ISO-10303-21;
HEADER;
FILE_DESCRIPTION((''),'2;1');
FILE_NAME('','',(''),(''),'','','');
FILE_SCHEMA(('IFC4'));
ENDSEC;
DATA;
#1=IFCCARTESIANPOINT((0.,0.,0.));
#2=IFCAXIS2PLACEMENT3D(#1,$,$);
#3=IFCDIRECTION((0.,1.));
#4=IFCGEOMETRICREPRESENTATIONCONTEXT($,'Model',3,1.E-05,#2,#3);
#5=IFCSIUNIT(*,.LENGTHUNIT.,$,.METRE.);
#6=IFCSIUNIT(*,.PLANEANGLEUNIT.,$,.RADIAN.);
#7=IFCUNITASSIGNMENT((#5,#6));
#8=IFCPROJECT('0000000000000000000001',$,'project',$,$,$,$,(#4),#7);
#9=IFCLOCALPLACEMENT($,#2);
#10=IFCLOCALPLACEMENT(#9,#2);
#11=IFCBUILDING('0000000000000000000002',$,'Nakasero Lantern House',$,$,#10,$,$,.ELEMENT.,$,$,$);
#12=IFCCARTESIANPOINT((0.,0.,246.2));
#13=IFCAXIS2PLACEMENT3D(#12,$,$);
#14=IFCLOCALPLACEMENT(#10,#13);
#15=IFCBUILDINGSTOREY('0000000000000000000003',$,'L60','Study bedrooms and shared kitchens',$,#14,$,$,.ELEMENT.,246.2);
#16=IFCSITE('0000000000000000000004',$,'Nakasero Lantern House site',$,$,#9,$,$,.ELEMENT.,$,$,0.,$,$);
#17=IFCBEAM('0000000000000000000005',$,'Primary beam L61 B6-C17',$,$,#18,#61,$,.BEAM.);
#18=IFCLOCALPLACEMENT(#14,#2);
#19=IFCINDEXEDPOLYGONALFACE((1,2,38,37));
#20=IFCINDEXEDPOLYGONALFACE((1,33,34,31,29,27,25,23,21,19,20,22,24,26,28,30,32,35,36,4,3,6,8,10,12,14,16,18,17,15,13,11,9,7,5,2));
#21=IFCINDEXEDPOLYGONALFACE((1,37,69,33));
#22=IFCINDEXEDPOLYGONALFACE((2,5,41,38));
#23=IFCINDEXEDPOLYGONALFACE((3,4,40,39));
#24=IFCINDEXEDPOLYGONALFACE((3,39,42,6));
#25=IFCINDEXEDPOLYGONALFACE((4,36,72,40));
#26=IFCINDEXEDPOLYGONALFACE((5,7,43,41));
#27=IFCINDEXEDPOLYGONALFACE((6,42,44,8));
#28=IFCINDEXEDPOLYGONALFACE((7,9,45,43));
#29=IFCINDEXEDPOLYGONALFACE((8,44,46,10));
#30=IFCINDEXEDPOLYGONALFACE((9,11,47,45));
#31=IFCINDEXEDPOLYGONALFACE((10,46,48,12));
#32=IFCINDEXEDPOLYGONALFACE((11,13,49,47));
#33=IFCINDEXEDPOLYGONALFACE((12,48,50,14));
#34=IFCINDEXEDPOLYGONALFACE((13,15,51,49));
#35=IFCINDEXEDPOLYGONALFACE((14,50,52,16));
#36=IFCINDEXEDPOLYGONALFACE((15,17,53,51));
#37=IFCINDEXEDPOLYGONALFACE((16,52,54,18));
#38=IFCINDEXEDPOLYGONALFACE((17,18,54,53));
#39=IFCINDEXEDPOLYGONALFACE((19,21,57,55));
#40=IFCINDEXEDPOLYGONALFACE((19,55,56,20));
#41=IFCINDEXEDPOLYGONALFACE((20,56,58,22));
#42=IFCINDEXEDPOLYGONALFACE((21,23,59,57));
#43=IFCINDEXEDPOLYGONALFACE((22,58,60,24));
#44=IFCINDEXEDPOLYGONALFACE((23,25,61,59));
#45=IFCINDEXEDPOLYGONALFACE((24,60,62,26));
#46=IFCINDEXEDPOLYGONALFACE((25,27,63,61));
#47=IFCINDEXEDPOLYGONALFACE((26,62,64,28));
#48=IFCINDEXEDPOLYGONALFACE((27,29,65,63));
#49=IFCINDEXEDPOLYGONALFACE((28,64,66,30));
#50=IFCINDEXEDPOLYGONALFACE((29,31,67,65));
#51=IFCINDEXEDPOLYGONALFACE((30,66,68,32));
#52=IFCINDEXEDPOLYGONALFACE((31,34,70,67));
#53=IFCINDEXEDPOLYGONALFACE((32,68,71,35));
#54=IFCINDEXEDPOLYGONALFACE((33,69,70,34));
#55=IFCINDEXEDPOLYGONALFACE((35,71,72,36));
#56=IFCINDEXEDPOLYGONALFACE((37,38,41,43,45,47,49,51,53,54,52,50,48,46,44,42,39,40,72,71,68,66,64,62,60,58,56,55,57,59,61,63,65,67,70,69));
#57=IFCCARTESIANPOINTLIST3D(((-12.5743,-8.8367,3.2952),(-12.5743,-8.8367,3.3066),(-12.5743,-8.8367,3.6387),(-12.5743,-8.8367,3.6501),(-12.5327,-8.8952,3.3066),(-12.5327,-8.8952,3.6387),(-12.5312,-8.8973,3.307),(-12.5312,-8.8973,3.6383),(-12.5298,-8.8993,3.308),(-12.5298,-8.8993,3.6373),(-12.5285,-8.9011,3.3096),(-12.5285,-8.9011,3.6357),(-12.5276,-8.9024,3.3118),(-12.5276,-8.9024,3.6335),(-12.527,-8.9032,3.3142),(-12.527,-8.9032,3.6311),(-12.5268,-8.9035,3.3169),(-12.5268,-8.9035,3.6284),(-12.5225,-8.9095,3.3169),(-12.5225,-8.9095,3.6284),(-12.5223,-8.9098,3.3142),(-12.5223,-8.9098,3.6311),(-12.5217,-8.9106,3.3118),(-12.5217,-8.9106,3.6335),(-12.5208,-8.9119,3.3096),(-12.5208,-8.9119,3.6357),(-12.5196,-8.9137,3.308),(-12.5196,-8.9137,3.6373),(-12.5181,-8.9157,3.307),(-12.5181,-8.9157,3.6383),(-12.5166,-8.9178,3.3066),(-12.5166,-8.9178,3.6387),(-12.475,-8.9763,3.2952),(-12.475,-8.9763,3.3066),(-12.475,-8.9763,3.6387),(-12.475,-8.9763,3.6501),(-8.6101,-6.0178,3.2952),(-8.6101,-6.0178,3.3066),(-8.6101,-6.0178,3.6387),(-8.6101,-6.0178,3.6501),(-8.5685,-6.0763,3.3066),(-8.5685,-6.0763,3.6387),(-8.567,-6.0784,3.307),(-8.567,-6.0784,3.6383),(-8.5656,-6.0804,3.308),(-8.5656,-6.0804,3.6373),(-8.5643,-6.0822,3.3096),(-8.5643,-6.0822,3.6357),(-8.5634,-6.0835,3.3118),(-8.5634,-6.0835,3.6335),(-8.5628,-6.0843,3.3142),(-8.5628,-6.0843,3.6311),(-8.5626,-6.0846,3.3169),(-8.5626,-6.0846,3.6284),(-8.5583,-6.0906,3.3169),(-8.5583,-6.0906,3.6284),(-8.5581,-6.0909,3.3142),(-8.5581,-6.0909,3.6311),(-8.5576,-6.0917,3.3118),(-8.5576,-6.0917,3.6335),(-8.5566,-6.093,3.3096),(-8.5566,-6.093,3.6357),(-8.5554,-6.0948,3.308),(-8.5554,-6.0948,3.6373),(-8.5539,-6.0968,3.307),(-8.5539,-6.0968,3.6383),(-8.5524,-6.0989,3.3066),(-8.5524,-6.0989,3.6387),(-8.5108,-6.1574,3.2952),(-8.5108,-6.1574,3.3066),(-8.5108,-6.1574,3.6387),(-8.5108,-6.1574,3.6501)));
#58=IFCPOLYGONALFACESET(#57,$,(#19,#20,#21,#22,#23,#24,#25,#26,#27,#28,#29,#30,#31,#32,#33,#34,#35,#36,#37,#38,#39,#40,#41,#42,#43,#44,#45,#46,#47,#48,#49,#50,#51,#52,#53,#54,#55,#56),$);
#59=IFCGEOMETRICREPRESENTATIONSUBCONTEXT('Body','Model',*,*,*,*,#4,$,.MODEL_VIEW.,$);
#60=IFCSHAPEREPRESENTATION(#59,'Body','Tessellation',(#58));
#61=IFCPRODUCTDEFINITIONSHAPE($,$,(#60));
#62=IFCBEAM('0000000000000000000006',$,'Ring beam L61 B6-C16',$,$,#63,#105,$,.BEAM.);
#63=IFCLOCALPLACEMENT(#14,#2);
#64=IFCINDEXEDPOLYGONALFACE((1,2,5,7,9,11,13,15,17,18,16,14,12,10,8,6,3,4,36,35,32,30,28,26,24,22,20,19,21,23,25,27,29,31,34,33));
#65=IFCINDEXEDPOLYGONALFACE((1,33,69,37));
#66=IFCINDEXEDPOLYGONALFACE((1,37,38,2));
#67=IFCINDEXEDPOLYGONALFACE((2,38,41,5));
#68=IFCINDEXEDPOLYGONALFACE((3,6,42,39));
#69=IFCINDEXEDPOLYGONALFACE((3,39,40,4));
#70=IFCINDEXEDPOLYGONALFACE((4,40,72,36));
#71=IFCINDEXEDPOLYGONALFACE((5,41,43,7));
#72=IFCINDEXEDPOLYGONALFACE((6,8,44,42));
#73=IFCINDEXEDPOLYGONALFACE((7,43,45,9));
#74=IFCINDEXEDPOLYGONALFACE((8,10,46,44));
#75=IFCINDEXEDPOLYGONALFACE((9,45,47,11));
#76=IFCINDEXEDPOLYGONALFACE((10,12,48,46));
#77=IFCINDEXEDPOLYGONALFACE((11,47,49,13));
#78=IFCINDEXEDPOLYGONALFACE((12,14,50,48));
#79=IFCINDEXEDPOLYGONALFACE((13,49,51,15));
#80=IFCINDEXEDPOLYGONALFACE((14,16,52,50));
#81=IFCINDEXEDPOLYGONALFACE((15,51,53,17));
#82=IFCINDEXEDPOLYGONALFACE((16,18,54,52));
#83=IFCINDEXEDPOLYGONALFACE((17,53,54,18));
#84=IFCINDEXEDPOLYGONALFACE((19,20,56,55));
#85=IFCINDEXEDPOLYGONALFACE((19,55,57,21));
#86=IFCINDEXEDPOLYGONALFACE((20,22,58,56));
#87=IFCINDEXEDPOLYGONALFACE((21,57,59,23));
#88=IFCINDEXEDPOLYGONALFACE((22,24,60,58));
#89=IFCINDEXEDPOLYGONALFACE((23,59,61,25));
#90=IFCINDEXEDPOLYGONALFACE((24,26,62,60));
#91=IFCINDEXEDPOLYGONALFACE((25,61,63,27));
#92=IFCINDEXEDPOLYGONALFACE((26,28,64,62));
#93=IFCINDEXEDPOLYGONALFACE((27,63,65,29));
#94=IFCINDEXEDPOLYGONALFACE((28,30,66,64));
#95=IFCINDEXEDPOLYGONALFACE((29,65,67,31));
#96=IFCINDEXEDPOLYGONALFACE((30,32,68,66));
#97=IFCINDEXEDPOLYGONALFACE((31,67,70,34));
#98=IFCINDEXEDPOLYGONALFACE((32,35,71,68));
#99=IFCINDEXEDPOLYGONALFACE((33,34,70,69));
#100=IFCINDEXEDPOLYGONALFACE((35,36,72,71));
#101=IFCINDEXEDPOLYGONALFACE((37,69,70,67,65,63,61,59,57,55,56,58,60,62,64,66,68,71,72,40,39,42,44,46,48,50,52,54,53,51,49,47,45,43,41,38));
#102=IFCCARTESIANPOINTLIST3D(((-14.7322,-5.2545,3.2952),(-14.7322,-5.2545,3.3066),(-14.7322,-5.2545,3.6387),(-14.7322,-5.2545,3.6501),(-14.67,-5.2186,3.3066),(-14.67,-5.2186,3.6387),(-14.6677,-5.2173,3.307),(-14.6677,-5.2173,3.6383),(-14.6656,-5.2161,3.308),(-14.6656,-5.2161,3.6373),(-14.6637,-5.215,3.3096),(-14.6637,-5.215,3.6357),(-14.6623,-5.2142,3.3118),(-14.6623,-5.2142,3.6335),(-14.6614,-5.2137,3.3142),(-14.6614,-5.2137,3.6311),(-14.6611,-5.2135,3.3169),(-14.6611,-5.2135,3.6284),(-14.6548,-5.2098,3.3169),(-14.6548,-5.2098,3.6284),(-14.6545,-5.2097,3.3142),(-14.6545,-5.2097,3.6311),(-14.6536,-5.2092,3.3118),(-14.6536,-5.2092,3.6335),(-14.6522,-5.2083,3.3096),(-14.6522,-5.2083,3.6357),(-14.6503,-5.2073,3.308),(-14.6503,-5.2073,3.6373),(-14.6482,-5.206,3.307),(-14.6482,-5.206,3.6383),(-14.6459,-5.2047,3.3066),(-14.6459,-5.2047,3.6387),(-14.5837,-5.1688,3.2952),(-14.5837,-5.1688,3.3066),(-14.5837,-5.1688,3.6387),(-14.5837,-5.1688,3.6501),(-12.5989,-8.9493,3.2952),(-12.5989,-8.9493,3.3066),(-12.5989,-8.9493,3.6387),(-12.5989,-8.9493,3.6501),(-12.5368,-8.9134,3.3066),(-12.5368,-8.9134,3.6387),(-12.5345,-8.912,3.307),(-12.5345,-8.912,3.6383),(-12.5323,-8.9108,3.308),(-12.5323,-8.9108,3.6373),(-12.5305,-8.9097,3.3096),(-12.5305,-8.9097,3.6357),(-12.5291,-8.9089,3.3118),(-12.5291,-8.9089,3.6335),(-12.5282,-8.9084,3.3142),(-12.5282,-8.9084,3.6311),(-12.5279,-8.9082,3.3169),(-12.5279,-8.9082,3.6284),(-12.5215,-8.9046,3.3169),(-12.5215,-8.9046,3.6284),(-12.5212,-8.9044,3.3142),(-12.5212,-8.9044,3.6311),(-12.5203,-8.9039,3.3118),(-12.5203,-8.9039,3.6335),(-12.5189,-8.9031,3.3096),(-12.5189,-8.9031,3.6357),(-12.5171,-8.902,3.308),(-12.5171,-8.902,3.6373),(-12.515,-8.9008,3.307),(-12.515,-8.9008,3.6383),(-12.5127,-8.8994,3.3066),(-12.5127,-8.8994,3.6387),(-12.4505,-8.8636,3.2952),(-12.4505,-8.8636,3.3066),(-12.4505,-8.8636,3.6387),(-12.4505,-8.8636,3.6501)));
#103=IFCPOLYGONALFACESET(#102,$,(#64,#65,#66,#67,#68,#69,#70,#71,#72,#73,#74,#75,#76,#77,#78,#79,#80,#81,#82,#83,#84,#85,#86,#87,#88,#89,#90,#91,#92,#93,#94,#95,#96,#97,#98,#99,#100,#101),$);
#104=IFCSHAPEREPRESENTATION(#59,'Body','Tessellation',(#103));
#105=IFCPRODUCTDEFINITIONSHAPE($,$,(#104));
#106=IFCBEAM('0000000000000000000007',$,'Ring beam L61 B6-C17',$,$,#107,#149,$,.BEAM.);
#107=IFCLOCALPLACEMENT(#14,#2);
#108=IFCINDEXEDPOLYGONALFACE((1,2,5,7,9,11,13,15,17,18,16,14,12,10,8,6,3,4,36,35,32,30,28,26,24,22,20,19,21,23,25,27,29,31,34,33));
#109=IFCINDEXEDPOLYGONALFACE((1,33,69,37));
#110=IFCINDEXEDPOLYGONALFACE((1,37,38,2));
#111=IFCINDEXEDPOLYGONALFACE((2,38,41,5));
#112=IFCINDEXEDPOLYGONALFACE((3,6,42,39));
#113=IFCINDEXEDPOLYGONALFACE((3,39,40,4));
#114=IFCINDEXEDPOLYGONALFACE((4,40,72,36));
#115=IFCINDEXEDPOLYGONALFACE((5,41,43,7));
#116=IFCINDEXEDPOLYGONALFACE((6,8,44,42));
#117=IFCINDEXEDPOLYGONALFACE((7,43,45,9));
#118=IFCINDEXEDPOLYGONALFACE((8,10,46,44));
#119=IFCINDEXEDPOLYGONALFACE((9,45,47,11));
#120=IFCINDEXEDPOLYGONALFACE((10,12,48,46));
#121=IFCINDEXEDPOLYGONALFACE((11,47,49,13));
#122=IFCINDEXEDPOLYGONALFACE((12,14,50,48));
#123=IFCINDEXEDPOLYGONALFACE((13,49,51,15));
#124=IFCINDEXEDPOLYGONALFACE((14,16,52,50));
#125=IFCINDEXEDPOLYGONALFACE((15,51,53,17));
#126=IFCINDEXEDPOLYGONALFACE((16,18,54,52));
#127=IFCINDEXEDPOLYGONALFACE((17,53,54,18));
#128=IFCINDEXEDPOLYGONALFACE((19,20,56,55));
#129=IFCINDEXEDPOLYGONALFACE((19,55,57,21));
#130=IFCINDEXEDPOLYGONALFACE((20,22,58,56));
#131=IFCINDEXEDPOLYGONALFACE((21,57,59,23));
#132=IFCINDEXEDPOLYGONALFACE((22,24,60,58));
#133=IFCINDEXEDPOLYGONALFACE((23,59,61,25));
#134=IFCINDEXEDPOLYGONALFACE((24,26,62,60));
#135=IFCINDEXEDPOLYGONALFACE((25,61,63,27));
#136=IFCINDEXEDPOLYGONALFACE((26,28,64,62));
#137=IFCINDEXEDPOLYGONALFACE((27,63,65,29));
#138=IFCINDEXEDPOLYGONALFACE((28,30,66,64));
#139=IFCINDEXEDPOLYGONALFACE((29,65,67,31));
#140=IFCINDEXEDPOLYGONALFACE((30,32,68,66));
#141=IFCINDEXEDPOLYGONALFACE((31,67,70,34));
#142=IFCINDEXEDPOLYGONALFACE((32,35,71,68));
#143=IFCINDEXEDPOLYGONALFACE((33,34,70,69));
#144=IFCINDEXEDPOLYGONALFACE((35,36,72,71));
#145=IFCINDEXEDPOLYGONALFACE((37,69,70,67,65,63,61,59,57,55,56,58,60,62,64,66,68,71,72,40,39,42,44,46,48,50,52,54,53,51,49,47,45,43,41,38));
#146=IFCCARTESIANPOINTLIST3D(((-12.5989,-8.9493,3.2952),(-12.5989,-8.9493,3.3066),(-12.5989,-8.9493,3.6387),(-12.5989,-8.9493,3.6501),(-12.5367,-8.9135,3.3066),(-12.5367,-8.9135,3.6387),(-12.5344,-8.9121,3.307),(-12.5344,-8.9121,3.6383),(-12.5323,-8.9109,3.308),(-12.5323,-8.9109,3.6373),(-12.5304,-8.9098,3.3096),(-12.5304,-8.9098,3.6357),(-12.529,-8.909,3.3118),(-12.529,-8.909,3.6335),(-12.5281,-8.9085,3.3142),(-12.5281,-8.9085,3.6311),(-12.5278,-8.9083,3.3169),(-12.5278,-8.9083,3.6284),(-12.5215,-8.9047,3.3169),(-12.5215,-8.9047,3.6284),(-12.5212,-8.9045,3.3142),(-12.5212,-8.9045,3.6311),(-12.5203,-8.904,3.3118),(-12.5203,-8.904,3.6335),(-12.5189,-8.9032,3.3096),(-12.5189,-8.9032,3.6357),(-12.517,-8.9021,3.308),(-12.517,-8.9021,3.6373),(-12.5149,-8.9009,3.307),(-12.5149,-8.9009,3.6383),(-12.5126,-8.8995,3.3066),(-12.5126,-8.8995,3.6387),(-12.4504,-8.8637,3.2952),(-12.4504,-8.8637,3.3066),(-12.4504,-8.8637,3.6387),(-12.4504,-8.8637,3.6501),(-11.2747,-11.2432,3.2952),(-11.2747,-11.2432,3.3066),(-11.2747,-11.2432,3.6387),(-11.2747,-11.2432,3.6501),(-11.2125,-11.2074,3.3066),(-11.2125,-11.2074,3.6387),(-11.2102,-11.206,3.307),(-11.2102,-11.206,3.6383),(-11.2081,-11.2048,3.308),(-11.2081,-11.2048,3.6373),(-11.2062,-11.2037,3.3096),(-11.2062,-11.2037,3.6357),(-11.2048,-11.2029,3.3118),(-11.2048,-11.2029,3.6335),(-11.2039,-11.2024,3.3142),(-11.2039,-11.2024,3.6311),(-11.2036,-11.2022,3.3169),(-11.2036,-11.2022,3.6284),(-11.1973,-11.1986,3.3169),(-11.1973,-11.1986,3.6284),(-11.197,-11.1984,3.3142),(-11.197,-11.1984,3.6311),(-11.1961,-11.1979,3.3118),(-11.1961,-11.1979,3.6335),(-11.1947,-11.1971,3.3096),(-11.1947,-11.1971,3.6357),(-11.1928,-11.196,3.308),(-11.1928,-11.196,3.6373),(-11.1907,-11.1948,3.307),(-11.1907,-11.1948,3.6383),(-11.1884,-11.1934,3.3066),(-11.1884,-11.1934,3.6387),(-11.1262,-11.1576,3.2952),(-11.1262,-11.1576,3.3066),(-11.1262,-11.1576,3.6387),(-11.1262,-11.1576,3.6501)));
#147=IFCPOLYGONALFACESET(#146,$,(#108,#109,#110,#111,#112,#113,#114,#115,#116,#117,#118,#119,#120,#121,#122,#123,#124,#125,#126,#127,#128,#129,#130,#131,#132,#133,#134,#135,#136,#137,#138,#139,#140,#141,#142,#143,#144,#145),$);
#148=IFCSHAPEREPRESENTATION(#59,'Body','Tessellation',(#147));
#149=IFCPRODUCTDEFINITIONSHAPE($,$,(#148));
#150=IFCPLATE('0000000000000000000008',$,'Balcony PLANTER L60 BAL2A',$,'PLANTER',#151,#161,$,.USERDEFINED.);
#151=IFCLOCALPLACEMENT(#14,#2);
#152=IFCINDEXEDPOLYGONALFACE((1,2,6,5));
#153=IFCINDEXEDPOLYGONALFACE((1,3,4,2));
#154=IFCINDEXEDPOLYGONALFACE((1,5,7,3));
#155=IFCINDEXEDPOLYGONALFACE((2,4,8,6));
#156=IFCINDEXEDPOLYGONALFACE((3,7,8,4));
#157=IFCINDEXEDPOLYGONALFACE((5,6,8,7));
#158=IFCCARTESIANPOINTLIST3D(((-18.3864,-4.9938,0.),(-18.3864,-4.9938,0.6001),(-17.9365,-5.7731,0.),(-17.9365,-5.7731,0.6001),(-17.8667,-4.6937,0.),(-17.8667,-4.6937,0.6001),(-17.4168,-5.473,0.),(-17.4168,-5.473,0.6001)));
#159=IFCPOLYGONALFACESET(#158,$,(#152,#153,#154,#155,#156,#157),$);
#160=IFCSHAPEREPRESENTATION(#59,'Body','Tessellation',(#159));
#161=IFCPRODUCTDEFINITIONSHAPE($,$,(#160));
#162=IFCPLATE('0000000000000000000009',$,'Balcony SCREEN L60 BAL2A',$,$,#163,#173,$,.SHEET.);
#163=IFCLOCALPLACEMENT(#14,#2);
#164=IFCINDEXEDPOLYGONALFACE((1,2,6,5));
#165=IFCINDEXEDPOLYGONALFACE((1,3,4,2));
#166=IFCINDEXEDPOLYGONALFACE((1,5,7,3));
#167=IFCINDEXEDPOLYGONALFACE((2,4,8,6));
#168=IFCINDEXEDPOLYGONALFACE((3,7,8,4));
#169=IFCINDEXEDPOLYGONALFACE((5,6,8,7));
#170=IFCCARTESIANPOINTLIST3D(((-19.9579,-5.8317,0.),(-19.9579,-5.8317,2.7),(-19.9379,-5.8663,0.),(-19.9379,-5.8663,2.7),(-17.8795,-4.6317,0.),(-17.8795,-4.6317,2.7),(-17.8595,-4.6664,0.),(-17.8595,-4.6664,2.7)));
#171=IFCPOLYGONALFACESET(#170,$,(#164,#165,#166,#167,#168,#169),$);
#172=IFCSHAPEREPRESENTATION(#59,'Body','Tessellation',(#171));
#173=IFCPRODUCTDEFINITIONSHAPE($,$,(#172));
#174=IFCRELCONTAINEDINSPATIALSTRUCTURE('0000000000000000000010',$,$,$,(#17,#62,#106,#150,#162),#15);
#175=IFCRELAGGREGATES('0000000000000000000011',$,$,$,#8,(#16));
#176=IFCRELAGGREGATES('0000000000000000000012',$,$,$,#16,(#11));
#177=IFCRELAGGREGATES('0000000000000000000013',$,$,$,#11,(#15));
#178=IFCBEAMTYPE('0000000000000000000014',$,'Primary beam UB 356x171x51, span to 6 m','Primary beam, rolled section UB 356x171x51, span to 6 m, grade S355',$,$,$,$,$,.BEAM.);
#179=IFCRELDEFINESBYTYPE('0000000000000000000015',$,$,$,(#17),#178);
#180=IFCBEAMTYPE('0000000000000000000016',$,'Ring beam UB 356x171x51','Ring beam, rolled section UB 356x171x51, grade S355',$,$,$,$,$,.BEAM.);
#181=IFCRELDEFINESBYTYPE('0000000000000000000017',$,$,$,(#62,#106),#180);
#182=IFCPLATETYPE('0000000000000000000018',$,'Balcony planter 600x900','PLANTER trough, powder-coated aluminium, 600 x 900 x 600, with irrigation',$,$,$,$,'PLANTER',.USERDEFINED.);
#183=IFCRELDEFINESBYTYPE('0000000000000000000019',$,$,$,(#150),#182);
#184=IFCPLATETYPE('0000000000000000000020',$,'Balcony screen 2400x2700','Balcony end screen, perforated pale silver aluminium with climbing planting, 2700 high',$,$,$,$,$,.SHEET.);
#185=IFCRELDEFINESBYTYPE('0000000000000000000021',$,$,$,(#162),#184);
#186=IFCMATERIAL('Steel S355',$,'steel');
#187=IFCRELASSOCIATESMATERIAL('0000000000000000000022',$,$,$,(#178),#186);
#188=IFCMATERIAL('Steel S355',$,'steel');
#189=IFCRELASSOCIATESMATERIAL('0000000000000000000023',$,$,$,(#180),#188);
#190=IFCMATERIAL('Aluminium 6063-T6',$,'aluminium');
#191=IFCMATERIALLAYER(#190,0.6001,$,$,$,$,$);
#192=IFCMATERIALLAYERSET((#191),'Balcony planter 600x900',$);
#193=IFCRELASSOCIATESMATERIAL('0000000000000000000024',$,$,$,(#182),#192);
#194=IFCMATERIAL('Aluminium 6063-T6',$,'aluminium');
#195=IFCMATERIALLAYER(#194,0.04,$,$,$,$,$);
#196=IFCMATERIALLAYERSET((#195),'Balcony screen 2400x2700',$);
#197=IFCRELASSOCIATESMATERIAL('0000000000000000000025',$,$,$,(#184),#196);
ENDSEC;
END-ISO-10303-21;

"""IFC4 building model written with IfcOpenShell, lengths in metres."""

from ifc_helpers import new_model, si_unit, direction, frame, origin, origin_2d, place, context, subcontext, project, spatial, rectangle, i_section, extrude, material, layer, layer_set, material_profile, profile_set, type_object, element, save


model = new_model("IFC4")

# Units and contexts
model_context = context("Model", 3, precision=1e-05, world=origin(), true_north=direction((0.0, 1.0)))
body_context = subcontext(model_context, "Body", "Model", "MODEL_VIEW")
ifc_project = project(units=[si_unit("LENGTHUNIT", "METRE"), si_unit("PLANEANGLEUNIT", "RADIAN")], contexts=[model_context])

# Site, building, storey
site_placement = place(None, origin())
site = spatial("IfcSite", under=ifc_project, at=site_placement, Name="Nakasero Lantern House site", CompositionType="ELEMENT", RefElevation=0.0)
building_placement = place(site_placement, origin())
building = spatial("IfcBuilding", under=site, at=building_placement, Name="Nakasero Lantern House", CompositionType="ELEMENT")
storey_placement = place(building_placement, frame((0.0, 0.0, 246.2)))
storey = spatial("IfcBuildingStorey", under=building, at=storey_placement, Name="L60", Description="Study bedrooms and shared kitchens", CompositionType="ELEMENT", Elevation=246.2)

# Beams
ifc_material_1 = material(Name="Steel S355", Category="steel")
ifc_material_profile_1 = material_profile(ifc_material_1, i_section(OverallWidth=0.1714, OverallDepth=0.355, WebThickness=0.0073, FlangeThickness=0.0115, FilletRadius=0.0103, at=origin_2d()), Name="UB 356x171x51")
ifc_profile_set_1 = profile_set([ifc_material_profile_1], Name="Steel S355")
beam_type_1 = type_object("IfcBeamType", Name="Primary beam UB 356x171x51, span to 6 m", Description="Primary beam, rolled section UB 356x171x51, span to 6 m, grade S355", PredefinedType="BEAM", material=ifc_profile_set_1)
beam_1_placement = place(storey_placement, frame((-12.5247, -8.9065, 3.4727), z_axis=(0.814963, 0.579513, 0.0), x_axis=(-0.579513, 0.814963, 0.0)))
element("IfcBeam", 1, at=beam_1_placement, inside=storey, type_object=beam_type_1, Name="Primary beam L61 B6-C17", PredefinedType="BEAM", context=body_context, shape_type="SweptSolid", body=[
    extrude(i_section(OverallWidth=0.1714, OverallDepth=0.355, WebThickness=0.0073, FlangeThickness=0.0115, FilletRadius=0.0103, at=origin_2d()), origin(), (0.0, 0.0, 1.0), 4.8643),
])
ifc_material_2 = material(Name="Steel S355", Category="steel")
ifc_material_profile_2 = material_profile(ifc_material_2, i_section(OverallWidth=0.1714, OverallDepth=0.355, WebThickness=0.0073, FlangeThickness=0.0115, FilletRadius=0.0103, at=origin_2d()), Name="UB 356x171x51")
ifc_profile_set_2 = profile_set([ifc_material_profile_2], Name="Steel S355")
beam_type_2 = type_object("IfcBeamType", Name="Ring beam UB 356x171x51", Description="Ring beam, rolled section UB 356x171x51, grade S355", PredefinedType="BEAM", material=ifc_profile_set_2)
beam_2_placement = place(storey_placement, frame((-14.658, -5.2117, 3.4727), z_axis=(0.500016, -0.866016, 0.0), x_axis=(0.866016, 0.500016, 0.0)))
element("IfcBeam", 2, at=beam_2_placement, inside=storey, type_object=beam_type_2, Name="Ring beam L61 B6-C16", PredefinedType="BEAM", context=body_context, shape_type="SweptSolid", body=[
    extrude(i_section(OverallWidth=0.1714, OverallDepth=0.355, WebThickness=0.0073, FlangeThickness=0.0115, FilletRadius=0.0103, at=origin_2d()), origin(), (0.0, 0.0, 1.0), 4.2664),
])
beam_3_placement = place(storey_placement, frame((-12.5247, -8.9065, 3.4727), z_axis=(0.499946, -0.866057, 0.0), x_axis=(0.866057, 0.499946, 0.0)))
element("IfcBeam", 3, at=beam_3_placement, inside=storey, type_object=beam_type_2, Name="Ring beam L61 B6-C17", PredefinedType="BEAM", context=body_context, shape_type="SweptSolid", body=[
    extrude(i_section(OverallWidth=0.1714, OverallDepth=0.355, WebThickness=0.0073, FlangeThickness=0.0115, FilletRadius=0.0103, at=origin_2d()), origin(), (0.0, 0.0, 1.0), 2.6487),
])

# Plates
ifc_material_3 = material(Name="Aluminium 6063-T6", Category="aluminium")
ifc_layer_1 = layer(ifc_material_3, 0.6001)
ifc_layer_set_1 = layer_set([ifc_layer_1], Name="Balcony planter 600x900")
plate_type_1 = type_object("IfcPlateType", Name="Balcony planter 600x900", Description="PLANTER trough, powder-coated aluminium, 600 x 900 x 600, with irrigation", ElementType="PLANTER", PredefinedType="USERDEFINED", material=ifc_layer_set_1)
plate_1_placement = place(storey_placement, frame((-17.9016, -5.2334, 0.0), z_axis=(0.0, 0.0, 1.0), x_axis=(-0.866025, -0.5, 0.0)))
element("IfcPlate", 4, at=plate_1_placement, inside=storey, type_object=plate_type_1, Name="Balcony PLANTER L60 BAL2A", ObjectType="PLANTER", PredefinedType="USERDEFINED", context=body_context, shape_type="SweptSolid", body=[
    extrude(rectangle(XDim=0.6001, YDim=0.8999, at=origin_2d()), origin(), (0.0, 0.0, 1.0), 0.6001),
])
ifc_material_4 = material(Name="Aluminium 6063-T6", Category="aluminium")
ifc_layer_2 = layer(ifc_material_4, 0.04)
ifc_layer_set_2 = layer_set([ifc_layer_2], Name="Balcony screen 2400x2700")
plate_type_2 = type_object("IfcPlateType", Name="Balcony screen 2400x2700", Description="Balcony end screen, perforated pale silver aluminium with climbing planting, 2700 high", PredefinedType="SHEET", material=ifc_layer_set_2)
plate_2_placement = place(storey_placement, frame((-18.9087, -5.249, 0.0), z_axis=(0.0, 0.0, 1.0), x_axis=(-0.866025, -0.5, 0.0)))
element("IfcPlate", 5, at=plate_2_placement, inside=storey, type_object=plate_type_2, Name="Balcony SCREEN L60 BAL2A", PredefinedType="SHEET", context=body_context, shape_type="SweptSolid", body=[
    extrude(rectangle(XDim=2.3999, YDim=0.04, at=origin_2d()), origin(), (0.0, 0.0, 1.0), 2.7),
])

save(model, "model.ifc")
